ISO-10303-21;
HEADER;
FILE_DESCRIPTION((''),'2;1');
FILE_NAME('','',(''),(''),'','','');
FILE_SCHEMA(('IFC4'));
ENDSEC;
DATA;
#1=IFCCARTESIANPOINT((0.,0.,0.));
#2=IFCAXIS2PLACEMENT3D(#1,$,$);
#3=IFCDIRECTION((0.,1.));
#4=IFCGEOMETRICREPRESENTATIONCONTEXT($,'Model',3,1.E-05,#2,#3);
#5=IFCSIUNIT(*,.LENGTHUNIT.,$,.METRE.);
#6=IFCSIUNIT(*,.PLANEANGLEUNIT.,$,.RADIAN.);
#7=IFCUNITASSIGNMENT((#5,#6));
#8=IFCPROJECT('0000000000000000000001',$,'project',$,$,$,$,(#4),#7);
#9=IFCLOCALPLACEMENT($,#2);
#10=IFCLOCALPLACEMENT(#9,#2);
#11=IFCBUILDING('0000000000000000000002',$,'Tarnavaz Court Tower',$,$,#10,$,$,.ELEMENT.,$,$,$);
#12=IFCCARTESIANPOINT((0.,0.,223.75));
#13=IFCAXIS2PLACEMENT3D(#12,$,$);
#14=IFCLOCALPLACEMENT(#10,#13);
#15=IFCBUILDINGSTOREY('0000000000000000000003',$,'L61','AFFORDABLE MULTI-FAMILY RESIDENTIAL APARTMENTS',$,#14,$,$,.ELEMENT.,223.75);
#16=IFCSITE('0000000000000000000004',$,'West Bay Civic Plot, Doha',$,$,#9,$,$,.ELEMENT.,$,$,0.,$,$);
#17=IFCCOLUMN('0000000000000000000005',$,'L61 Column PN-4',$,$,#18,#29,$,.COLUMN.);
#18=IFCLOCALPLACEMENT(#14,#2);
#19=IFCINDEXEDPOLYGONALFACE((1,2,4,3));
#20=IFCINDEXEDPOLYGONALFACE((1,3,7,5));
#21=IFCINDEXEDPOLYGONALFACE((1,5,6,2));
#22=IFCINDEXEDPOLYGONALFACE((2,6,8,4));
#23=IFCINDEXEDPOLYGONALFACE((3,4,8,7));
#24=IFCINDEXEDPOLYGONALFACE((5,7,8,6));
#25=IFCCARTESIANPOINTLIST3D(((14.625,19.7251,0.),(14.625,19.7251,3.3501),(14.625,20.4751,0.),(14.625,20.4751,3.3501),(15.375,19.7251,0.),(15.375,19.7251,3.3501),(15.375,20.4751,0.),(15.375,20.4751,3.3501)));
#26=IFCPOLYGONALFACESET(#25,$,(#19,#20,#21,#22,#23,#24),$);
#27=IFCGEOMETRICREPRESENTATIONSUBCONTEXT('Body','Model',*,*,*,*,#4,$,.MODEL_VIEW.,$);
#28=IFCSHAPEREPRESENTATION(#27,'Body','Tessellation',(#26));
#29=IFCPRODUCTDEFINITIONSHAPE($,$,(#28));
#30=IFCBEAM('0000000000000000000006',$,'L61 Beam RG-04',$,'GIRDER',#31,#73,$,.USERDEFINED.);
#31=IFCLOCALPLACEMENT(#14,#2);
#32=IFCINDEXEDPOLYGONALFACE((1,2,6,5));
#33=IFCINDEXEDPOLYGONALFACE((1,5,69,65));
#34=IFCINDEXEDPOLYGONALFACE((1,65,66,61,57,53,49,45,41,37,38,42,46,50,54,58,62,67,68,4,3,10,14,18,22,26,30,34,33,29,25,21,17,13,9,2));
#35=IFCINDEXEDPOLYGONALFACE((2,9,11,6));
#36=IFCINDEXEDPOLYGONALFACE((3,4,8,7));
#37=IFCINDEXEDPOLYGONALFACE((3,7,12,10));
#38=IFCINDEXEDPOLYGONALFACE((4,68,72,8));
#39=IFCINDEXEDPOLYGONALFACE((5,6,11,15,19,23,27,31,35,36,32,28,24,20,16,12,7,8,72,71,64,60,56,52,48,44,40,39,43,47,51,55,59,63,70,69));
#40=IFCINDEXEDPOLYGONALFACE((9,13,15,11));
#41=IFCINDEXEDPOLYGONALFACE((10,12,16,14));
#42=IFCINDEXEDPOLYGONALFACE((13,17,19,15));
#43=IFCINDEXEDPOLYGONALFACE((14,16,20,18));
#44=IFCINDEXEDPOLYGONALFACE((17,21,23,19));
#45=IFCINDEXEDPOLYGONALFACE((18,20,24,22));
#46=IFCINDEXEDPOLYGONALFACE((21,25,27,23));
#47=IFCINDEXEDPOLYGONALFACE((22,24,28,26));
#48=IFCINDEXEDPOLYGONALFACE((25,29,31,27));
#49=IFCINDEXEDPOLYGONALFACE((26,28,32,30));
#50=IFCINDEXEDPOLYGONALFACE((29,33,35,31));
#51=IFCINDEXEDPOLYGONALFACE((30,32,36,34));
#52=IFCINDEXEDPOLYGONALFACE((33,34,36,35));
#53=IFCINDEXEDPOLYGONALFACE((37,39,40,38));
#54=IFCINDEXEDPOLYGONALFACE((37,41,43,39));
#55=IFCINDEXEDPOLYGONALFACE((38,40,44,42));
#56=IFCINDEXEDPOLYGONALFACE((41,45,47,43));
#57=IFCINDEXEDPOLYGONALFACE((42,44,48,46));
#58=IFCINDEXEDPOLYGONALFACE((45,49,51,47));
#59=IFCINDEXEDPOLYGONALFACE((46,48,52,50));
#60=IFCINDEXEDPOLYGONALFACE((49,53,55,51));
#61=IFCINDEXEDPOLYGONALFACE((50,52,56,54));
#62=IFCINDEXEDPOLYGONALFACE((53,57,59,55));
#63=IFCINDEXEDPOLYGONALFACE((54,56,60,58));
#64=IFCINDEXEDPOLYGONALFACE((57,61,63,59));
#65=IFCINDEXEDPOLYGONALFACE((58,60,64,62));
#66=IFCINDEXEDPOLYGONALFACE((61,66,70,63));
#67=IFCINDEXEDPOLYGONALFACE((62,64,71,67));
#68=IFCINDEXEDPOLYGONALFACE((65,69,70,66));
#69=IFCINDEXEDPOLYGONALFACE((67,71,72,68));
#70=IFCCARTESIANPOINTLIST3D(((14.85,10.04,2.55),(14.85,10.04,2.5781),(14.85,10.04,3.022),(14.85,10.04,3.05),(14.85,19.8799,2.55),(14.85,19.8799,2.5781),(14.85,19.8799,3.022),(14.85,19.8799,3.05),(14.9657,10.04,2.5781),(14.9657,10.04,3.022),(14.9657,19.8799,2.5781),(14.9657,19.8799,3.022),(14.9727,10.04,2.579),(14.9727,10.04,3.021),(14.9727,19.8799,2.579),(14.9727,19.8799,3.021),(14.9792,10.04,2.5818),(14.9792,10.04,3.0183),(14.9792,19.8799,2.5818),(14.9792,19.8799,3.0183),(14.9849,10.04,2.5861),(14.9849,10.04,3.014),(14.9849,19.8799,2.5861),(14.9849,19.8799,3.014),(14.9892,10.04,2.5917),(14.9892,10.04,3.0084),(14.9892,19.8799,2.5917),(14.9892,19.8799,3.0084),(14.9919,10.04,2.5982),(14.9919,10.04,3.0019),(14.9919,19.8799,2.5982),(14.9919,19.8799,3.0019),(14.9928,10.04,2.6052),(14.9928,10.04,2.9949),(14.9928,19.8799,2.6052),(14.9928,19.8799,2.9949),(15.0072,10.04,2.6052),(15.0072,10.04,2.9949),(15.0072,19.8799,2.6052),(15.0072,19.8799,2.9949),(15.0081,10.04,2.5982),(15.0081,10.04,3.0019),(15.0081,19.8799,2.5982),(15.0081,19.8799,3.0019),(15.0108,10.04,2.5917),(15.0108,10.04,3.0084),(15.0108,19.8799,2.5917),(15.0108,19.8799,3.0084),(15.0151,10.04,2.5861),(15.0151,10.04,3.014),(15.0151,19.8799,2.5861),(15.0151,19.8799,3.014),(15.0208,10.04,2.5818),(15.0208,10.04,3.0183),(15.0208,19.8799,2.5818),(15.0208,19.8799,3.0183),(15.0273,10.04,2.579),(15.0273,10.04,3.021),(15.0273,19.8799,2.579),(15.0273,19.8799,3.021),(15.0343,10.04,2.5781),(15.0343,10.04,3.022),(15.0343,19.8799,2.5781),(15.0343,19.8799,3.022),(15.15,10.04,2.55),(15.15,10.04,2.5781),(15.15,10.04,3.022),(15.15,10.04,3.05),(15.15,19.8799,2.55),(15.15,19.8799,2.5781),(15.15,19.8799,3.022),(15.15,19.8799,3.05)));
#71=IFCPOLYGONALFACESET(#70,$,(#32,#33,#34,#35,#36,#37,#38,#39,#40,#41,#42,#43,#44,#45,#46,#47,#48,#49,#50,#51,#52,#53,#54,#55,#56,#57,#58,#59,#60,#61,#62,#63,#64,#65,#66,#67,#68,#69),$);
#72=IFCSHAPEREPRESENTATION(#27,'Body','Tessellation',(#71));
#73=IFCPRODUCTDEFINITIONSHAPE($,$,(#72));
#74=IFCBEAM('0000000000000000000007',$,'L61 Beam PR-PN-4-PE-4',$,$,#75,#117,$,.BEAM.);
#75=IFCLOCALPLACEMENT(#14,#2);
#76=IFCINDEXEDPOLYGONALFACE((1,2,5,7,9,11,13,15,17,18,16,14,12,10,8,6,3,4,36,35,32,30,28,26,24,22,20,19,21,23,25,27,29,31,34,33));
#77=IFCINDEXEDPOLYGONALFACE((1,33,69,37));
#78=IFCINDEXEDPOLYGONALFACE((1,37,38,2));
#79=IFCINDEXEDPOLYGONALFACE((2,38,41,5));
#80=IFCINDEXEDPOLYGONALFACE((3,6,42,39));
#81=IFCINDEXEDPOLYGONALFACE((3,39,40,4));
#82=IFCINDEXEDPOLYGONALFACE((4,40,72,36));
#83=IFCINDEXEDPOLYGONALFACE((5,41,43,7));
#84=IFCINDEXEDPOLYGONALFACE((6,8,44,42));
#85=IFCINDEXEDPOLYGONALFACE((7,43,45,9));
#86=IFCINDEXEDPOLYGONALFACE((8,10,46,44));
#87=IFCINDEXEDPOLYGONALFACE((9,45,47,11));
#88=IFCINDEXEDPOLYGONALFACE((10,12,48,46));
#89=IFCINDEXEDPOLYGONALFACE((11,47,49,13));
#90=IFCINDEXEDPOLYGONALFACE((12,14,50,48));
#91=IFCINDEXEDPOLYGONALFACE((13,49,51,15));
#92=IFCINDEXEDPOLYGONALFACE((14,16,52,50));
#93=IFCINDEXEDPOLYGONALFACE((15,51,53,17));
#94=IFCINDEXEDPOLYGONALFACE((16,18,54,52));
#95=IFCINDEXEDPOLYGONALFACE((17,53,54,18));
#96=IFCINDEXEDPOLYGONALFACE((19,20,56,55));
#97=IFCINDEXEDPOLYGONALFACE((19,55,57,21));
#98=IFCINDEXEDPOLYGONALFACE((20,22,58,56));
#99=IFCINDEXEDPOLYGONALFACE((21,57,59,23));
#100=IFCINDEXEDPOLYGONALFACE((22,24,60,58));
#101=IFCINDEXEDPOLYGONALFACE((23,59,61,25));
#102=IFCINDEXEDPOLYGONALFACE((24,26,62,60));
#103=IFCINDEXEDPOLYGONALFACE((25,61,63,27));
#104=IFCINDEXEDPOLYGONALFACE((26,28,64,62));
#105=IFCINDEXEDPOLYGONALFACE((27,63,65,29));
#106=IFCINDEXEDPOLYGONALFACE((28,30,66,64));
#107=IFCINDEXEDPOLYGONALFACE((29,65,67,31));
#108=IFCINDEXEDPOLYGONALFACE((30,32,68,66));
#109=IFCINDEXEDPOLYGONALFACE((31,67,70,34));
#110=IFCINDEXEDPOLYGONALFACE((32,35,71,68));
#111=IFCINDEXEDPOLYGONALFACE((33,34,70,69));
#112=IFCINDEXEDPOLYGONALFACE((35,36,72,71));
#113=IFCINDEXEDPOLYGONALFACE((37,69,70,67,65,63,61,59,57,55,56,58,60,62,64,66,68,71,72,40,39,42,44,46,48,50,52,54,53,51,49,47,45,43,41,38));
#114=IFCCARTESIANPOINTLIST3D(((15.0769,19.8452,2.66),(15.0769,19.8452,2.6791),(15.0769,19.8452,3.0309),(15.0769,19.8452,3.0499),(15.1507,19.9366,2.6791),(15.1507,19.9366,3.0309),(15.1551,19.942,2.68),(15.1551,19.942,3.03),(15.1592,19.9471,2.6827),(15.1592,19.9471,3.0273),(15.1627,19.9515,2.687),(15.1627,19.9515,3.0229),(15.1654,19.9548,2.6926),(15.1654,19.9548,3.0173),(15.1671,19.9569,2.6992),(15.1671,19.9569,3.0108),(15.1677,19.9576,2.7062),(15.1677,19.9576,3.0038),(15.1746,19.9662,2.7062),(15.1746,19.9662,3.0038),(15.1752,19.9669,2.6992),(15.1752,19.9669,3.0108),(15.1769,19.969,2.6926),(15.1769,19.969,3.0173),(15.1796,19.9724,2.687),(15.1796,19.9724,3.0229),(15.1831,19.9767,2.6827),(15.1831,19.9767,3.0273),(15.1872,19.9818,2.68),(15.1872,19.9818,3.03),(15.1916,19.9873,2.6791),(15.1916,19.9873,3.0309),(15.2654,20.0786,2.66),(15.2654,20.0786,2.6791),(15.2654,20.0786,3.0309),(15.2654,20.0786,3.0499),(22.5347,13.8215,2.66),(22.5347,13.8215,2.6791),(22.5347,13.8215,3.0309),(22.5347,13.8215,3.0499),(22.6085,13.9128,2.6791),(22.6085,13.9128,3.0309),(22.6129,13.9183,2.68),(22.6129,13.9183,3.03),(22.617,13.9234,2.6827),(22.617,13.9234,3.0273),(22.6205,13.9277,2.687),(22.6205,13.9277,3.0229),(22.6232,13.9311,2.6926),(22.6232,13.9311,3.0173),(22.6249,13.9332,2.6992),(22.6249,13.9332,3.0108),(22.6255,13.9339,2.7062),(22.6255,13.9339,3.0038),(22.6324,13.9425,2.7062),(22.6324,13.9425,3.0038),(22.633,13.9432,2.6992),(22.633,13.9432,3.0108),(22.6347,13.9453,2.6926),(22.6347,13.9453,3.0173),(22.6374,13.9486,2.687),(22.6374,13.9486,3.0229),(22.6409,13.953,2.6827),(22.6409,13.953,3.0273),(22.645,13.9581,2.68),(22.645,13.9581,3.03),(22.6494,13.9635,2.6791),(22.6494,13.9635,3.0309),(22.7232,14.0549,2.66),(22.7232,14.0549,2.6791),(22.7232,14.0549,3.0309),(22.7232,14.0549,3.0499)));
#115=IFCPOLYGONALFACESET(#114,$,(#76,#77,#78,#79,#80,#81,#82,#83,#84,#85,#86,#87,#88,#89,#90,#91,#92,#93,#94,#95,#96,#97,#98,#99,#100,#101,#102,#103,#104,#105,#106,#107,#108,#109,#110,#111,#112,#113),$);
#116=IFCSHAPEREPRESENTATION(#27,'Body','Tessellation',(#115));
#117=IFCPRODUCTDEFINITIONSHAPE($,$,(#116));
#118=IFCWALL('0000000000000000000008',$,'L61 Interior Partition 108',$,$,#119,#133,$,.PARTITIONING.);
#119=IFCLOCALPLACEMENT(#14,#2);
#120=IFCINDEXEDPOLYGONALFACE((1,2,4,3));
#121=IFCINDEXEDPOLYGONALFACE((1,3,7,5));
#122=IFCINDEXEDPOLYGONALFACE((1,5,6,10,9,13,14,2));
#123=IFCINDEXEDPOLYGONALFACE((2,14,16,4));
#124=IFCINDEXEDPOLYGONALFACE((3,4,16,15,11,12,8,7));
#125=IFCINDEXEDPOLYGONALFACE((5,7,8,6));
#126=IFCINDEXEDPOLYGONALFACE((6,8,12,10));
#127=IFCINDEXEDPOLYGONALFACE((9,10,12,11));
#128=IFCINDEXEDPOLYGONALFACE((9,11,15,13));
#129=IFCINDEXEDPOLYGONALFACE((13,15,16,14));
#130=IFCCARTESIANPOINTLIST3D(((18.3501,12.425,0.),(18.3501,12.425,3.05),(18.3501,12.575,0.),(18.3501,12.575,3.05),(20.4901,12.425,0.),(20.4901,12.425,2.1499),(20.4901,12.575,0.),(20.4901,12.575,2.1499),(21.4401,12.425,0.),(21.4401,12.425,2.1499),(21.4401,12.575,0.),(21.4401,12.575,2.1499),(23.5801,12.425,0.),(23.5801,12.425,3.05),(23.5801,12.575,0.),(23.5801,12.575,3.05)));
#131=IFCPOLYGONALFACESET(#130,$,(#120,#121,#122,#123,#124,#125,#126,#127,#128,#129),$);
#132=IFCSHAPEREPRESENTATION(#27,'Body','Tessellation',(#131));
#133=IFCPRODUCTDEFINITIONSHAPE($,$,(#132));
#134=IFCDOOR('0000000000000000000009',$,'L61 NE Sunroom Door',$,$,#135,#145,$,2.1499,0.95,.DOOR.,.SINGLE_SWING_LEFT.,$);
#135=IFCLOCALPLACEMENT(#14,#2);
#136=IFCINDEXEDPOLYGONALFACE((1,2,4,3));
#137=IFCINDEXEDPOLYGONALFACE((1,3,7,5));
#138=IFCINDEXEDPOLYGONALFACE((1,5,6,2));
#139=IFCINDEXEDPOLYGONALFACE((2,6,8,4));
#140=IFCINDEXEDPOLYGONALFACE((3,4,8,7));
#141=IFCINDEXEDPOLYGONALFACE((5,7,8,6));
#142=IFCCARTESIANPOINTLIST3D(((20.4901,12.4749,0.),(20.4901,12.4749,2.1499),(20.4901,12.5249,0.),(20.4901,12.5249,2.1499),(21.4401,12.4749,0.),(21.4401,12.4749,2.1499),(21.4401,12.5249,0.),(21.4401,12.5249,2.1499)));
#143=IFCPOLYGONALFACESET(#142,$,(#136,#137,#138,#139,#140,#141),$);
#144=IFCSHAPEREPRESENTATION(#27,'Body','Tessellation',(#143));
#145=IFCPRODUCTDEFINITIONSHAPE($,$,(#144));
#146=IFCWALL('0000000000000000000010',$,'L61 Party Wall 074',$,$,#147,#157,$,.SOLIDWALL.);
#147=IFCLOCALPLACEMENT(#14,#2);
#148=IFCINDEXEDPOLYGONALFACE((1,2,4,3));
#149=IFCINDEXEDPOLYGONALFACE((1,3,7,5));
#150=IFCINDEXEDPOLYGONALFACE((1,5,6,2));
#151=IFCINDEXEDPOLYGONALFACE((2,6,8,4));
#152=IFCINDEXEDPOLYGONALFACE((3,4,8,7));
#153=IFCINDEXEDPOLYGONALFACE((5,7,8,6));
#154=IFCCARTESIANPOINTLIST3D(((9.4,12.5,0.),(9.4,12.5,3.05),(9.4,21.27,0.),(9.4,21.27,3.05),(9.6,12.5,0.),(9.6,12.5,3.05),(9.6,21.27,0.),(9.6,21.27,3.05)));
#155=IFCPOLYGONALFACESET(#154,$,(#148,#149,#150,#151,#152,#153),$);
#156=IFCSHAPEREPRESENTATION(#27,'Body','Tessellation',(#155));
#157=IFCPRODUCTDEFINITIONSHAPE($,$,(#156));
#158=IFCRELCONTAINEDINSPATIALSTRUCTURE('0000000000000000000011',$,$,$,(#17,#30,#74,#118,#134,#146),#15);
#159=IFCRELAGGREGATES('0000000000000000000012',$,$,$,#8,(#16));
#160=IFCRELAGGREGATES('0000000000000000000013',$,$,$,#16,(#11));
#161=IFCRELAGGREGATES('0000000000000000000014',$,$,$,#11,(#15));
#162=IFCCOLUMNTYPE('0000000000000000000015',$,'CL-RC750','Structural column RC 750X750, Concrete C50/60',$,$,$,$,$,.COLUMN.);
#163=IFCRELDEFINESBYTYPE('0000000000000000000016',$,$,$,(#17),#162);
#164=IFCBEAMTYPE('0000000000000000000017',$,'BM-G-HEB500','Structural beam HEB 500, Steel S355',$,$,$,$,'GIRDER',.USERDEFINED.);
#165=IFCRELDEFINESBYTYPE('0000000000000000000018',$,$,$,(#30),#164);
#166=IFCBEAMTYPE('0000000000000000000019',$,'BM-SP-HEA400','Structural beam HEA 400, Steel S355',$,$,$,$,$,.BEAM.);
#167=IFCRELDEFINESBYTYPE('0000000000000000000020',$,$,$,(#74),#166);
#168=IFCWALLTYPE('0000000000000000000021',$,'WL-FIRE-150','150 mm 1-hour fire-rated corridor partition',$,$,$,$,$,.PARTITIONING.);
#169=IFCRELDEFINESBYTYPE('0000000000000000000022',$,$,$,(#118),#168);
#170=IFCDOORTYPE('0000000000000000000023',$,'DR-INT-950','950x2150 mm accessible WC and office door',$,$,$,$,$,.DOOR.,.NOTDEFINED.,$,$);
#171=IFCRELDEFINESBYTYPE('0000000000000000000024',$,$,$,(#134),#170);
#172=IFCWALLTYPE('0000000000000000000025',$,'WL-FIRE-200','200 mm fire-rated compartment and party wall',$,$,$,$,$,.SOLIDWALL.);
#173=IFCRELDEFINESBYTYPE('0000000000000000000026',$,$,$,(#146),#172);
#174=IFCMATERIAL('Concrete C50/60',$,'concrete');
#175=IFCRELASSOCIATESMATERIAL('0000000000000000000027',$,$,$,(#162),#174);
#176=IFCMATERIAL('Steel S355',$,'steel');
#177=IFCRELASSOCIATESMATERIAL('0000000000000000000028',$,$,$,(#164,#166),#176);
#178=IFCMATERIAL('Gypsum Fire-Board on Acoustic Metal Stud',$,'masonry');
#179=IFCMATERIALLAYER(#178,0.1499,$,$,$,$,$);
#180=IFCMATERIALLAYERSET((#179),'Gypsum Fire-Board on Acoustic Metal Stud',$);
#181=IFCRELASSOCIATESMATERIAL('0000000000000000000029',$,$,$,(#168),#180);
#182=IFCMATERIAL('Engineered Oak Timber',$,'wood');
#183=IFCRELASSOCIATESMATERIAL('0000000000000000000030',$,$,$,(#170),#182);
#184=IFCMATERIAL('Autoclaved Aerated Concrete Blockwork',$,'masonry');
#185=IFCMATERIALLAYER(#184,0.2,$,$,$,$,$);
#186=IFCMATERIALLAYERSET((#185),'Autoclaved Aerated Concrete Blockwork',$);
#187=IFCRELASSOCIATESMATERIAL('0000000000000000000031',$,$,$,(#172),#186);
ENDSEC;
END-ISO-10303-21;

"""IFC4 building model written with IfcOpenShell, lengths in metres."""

from ifc_helpers import new_model, si_unit, direction, frame, frame_2d, origin, origin_2d, place, context, subcontext, project, spatial, rectangle, i_section, extrude, material, layer, layer_set, material_profile, profile_set, type_object, element, fill, save


model = new_model("IFC4")

# Units and contexts
model_context = context("Model", 3, precision=1e-05, world=origin(), true_north=direction((0.0, 1.0)))
body_context = subcontext(model_context, "Body", "Model", "MODEL_VIEW")
ifc_project = project(units=[si_unit("LENGTHUNIT", "METRE"), si_unit("PLANEANGLEUNIT", "RADIAN")], contexts=[model_context])

# Site, building, storey
site_placement = place(None, origin())
site = spatial("IfcSite", under=ifc_project, at=site_placement, Name="West Bay Civic Plot, Doha", CompositionType="ELEMENT", RefElevation=0.0)
building_placement = place(site_placement, origin())
building = spatial("IfcBuilding", under=site, at=building_placement, Name="Tarnavaz Court Tower", CompositionType="ELEMENT")
storey_placement = place(building_placement, frame((0.0, 0.0, 223.75)))
storey = spatial("IfcBuildingStorey", under=building, at=storey_placement, Name="L61", Description="AFFORDABLE MULTI-FAMILY RESIDENTIAL APARTMENTS", CompositionType="ELEMENT", Elevation=223.75)

# Column
ifc_material_1 = material(Name="Concrete C50/60", Category="concrete")
ifc_material_profile_1 = material_profile(ifc_material_1, rectangle(XDim=0.75, YDim=0.75, at=origin_2d()), Name="RC 750X750")
ifc_profile_set_1 = profile_set([ifc_material_profile_1], Name="Concrete C50/60")
column_type = type_object("IfcColumnType", Name="CL-RC750", Description="Structural column RC 750X750, Concrete C50/60", PredefinedType="COLUMN", material=ifc_profile_set_1)
column_placement = place(storey_placement, frame((15.0, 20.1001, 0.0), z_axis=(0.0, 0.0, 1.0), x_axis=(1.0, 0.0, 0.0)))
element("IfcColumn", 1, at=column_placement, inside=storey, type_object=column_type, Name="L61 Column PN-4", PredefinedType="COLUMN", context=body_context, shape_type="SweptSolid", body=[
    extrude(rectangle(XDim=0.75, YDim=0.75, at=origin_2d()), origin(), (0.0, 0.0, 1.0), 3.3501),
])

# Beams
ifc_material_2 = material(Name="Steel S355", Category="steel")
ifc_material_profile_2 = material_profile(ifc_material_2, i_section(OverallWidth=0.3, OverallDepth=0.5, WebThickness=0.0144, FlangeThickness=0.0281, FilletRadius=0.0271, at=origin_2d()), Name="HEB 500")
ifc_profile_set_2 = profile_set([ifc_material_profile_2], Name="Steel S355")
beam_type_1 = type_object("IfcBeamType", Name="BM-G-HEB500", Description="Structural beam HEB 500, Steel S355", ElementType="GIRDER", PredefinedType="USERDEFINED", material=ifc_profile_set_2)
beam_1_placement = place(storey_placement, frame((15.0, 10.04, 2.8), z_axis=(0.0, 1.0, 0.0), x_axis=(-1.0, 0.0, 0.0)))
element("IfcBeam", 2, at=beam_1_placement, inside=storey, type_object=beam_type_1, Name="L61 Beam RG-04", ObjectType="GIRDER", PredefinedType="USERDEFINED", context=body_context, shape_type="SweptSolid", body=[
    extrude(i_section(OverallWidth=0.3, OverallDepth=0.5, WebThickness=0.0144, FlangeThickness=0.0281, FilletRadius=0.0271, at=origin_2d()), origin(), (0.0, 0.0, 1.0), 9.8398),
])
ifc_material_profile_3 = material_profile(ifc_material_2, i_section(OverallWidth=0.3, OverallDepth=0.3899, WebThickness=0.011, FlangeThickness=0.019, FilletRadius=0.0271, at=origin_2d()), Name="HEA 400")
ifc_profile_set_3 = profile_set([ifc_material_profile_3], Name="Steel S355")
beam_type_2 = type_object("IfcBeamType", Name="BM-SP-HEA400", Description="Structural beam HEA 400, Steel S355", PredefinedType="BEAM", material=ifc_profile_set_3)
beam_2_placement = place(storey_placement, frame((15.1711, 19.9619, 2.855), z_axis=(0.777936, -0.628344, 0.0), x_axis=(0.628344, 0.777936, 0.0)))
element("IfcBeam", 3, at=beam_2_placement, inside=storey, type_object=beam_type_2, Name="L61 Beam PR-PN-4-PE-4", PredefinedType="BEAM", context=body_context, shape_type="SweptSolid", body=[
    extrude(i_section(OverallWidth=0.3, OverallDepth=0.3899, WebThickness=0.011, FlangeThickness=0.019, FilletRadius=0.0271, at=origin_2d()), origin(), (0.0, 0.0, 1.0), 9.5867),
])

# Wall, opening, door
ifc_material_3 = material(Name="Gypsum Fire-Board on Acoustic Metal Stud", Category="masonry")
ifc_layer_1 = layer(ifc_material_3, 0.1499)
ifc_layer_set_1 = layer_set([ifc_layer_1], Name="Gypsum Fire-Board on Acoustic Metal Stud")
wall_type_1 = type_object("IfcWallType", Name="WL-FIRE-150", Description="150 mm 1-hour fire-rated corridor partition", PredefinedType="PARTITIONING", material=ifc_layer_set_1)
wall_1_placement = place(storey_placement, frame((18.3501, 12.5, 0.0), z_axis=(0.0, 0.0, 1.0), x_axis=(1.0, 0.0, 0.0)))
wall_1 = element("IfcWall", 4, at=wall_1_placement, inside=storey, type_object=wall_type_1, Name="L61 Interior Partition 108", PredefinedType="PARTITIONING", context=body_context, shape_type="SweptSolid", body=[
    extrude(rectangle(XDim=5.23, YDim=0.1499, at=frame_2d((2.615, 0.0))), origin(), (0.0, 0.0, 1.0), 3.05),
])
opening_1_placement = place(wall_1_placement, frame((2.1399, 0.0, 0.0)))
opening_1 = element("IfcOpeningElement", 5, at=opening_1_placement, cuts=wall_1, PredefinedType="OPENING", context=body_context, shape_type="SweptSolid", body=[
    extrude(rectangle(XDim=0.95, YDim=2.1499, at=frame_2d((0.4751, 1.075))), frame((0.0, 0.085, 0.0), z_axis=(0.0, -1.0, 0.0), x_axis=(1.0, 0.0, 0.0)), (0.0, 0.0, 1.0), 0.1699),
])
ifc_material_4 = material(Name="Engineered Oak Timber", Category="wood")
door_type_1 = type_object("IfcDoorType", Name="DR-INT-950", Description="950x2150 mm accessible WC and office door", OperationType="NOTDEFINED", PredefinedType="DOOR", material=ifc_material_4)
door_1_placement = place(opening_1_placement, origin())
door_1 = element("IfcDoor", 6, at=door_1_placement, inside=storey, type_object=door_type_1, Name="L61 NE Sunroom Door", OperationType="SINGLE_SWING_LEFT", OverallHeight=2.1499, OverallWidth=0.95, PredefinedType="DOOR", context=body_context, shape_type="SweptSolid", body=[
    extrude(rectangle(XDim=0.95, YDim=2.1499, at=frame_2d((0.4751, 1.075))), frame((0.0, 0.0249, 0.0), z_axis=(0.0, -1.0, 0.0), x_axis=(1.0, 0.0, 0.0)), (0.0, 0.0, 1.0), 0.05),
])
fill(opening_1, door_1)

# Wall
ifc_material_5 = material(Name="Autoclaved Aerated Concrete Blockwork", Category="masonry")
ifc_layer_2 = layer(ifc_material_5, 0.2)
ifc_layer_set_2 = layer_set([ifc_layer_2], Name="Autoclaved Aerated Concrete Blockwork")
wall_type_2 = type_object("IfcWallType", Name="WL-FIRE-200", Description="200 mm fire-rated compartment and party wall", PredefinedType="SOLIDWALL", material=ifc_layer_set_2)
wall_2_placement = place(storey_placement, frame((9.5, 12.5, 0.0), z_axis=(0.0, 0.0, 1.0), x_axis=(0.0, 1.0, 0.0)))
element("IfcWall", 7, at=wall_2_placement, inside=storey, type_object=wall_type_2, Name="L61 Party Wall 074", PredefinedType="SOLIDWALL", context=body_context, shape_type="SweptSolid", body=[
    extrude(rectangle(XDim=8.77, YDim=0.2, at=frame_2d((4.385, 0.0))), origin(), (0.0, 0.0, 1.0), 3.05),
])

save(model, "model.ifc")
